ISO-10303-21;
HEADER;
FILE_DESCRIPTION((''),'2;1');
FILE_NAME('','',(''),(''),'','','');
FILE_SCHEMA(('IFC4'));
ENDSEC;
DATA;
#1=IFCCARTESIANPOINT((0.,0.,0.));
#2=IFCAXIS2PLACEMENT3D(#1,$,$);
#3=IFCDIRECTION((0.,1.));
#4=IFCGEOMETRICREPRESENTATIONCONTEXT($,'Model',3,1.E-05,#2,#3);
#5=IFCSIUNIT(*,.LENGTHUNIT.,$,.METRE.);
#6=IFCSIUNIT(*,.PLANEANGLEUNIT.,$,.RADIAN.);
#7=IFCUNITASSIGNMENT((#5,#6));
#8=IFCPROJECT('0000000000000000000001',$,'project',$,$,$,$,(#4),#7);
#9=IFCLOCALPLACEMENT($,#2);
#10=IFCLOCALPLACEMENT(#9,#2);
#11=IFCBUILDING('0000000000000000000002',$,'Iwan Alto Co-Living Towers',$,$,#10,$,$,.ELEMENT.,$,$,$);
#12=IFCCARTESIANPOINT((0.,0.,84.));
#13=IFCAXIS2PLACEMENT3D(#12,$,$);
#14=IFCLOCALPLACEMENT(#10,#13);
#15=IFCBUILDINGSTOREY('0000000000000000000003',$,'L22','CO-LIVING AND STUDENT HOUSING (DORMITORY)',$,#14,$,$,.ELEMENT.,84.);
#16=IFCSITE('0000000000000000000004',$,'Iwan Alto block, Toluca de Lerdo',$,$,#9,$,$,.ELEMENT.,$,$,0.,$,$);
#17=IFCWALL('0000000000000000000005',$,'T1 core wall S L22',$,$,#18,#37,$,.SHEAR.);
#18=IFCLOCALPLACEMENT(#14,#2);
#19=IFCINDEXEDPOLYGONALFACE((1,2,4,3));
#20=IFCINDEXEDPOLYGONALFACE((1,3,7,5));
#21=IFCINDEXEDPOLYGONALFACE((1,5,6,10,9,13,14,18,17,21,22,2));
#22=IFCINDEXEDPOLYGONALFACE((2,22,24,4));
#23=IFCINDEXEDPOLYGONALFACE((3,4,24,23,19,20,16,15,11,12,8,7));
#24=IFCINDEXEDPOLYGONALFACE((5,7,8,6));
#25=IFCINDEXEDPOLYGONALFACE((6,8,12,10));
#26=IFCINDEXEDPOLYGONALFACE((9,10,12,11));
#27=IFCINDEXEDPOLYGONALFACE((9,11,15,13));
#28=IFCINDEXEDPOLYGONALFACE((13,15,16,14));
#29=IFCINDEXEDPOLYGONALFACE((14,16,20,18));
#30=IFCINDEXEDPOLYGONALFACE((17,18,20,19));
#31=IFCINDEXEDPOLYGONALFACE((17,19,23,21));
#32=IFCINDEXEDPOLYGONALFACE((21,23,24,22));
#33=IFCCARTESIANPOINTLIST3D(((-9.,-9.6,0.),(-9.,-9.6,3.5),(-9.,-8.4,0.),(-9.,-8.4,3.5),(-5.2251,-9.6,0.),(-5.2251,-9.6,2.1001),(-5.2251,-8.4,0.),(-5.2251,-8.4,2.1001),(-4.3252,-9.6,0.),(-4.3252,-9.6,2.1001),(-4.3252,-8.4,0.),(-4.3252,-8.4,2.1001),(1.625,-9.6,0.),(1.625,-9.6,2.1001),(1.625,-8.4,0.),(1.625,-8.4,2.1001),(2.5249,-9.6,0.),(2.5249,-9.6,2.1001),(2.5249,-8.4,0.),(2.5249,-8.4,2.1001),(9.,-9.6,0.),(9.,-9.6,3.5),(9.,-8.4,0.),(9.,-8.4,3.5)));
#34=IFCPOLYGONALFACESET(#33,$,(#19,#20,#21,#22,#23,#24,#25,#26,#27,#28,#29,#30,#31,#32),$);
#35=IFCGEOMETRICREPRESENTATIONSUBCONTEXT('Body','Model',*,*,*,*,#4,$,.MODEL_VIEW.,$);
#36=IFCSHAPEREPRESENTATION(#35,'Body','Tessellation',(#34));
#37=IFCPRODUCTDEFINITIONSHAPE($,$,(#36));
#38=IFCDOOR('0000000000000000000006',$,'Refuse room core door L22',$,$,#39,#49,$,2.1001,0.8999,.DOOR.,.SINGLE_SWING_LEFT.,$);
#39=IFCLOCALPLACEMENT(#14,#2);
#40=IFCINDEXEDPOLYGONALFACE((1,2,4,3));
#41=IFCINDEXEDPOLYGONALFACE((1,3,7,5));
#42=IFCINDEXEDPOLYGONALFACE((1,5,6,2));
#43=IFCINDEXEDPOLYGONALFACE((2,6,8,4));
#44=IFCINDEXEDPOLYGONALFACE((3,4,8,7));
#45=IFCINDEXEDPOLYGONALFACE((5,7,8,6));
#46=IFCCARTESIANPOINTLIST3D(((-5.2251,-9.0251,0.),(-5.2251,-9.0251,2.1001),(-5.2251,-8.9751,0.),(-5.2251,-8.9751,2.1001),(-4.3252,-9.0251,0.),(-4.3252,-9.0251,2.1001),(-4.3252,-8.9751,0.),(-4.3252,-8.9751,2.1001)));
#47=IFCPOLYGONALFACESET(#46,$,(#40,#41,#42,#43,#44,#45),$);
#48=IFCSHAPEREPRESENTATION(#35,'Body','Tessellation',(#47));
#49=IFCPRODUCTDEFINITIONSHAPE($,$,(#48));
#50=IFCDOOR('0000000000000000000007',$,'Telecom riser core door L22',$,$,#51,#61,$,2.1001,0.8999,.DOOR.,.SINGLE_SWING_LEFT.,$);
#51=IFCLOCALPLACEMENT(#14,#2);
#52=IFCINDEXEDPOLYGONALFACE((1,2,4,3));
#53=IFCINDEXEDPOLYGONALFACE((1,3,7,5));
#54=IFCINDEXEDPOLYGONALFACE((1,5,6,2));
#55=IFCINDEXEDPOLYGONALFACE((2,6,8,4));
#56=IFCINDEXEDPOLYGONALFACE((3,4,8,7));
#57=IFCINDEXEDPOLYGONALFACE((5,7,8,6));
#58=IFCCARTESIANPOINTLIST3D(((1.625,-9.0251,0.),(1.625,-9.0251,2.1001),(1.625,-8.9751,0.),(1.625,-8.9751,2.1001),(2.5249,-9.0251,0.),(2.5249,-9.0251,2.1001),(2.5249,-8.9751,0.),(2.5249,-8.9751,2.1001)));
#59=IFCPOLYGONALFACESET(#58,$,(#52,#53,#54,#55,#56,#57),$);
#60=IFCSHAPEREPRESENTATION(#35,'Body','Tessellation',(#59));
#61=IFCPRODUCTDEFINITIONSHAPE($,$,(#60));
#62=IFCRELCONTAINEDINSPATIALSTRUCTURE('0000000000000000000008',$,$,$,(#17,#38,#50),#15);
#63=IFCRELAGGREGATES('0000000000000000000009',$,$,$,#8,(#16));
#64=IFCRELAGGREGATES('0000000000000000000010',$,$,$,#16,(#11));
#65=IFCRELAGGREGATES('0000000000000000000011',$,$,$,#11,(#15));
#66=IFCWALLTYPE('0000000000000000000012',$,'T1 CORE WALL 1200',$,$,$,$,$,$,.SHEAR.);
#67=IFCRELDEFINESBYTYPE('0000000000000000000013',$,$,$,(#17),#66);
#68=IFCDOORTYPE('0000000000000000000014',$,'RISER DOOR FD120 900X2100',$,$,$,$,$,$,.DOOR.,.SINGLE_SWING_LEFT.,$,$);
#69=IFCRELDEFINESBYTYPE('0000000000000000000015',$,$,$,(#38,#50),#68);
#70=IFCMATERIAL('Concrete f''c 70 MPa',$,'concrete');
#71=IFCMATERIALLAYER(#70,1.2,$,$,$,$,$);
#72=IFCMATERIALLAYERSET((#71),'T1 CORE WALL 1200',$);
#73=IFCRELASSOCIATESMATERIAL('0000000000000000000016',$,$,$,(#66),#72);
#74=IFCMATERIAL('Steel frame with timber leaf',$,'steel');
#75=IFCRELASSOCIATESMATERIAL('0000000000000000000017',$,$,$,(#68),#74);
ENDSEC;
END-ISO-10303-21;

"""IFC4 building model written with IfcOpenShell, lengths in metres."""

from ifc_helpers import new_model, si_unit, direction, frame, frame_2d, origin, place, context, subcontext, project, spatial, rectangle, extrude, material, layer, layer_set, type_object, element, fill, save


model = new_model("IFC4")

# Units and contexts
model_context = context("Model", 3, precision=1e-05, world=origin(), true_north=direction((0.0, 1.0)))
body_context = subcontext(model_context, "Body", "Model", "MODEL_VIEW")
ifc_project = project(units=[si_unit("LENGTHUNIT", "METRE"), si_unit("PLANEANGLEUNIT", "RADIAN")], contexts=[model_context])

# Site, building, storey
site_placement = place(None, origin())
site = spatial("IfcSite", under=ifc_project, at=site_placement, Name="Iwan Alto block, Toluca de Lerdo", CompositionType="ELEMENT", RefElevation=0.0)
building_placement = place(site_placement, origin())
building = spatial("IfcBuilding", under=site, at=building_placement, Name="Iwan Alto Co-Living Towers", CompositionType="ELEMENT")
storey_placement = place(building_placement, frame((0.0, 0.0, 84.0)))
storey = spatial("IfcBuildingStorey", under=building, at=storey_placement, Name="L22", Description="CO-LIVING AND STUDENT HOUSING (DORMITORY)", CompositionType="ELEMENT", Elevation=84.0)

# Wall, openings, doors
ifc_material_1 = material(Name="Concrete f'c 70 MPa", Category="concrete")
ifc_layer_1 = layer(ifc_material_1, 1.2)
ifc_layer_set_1 = layer_set([ifc_layer_1], Name="T1 CORE WALL 1200")
wall_type_1 = type_object("IfcWallType", Name="T1 CORE WALL 1200", PredefinedType="SHEAR", material=ifc_layer_set_1)
wall_1_placement = place(storey_placement, frame((-9.0, -9.0, 0.0), z_axis=(0.0, 0.0, 1.0), x_axis=(1.0, 0.0, 0.0)))
wall_1 = element("IfcWall", 1, at=wall_1_placement, inside=storey, type_object=wall_type_1, Name="T1 core wall S L22", PredefinedType="SHEAR", context=body_context, shape_type="SweptSolid", body=[
    extrude(rectangle(XDim=18.0, YDim=1.2, at=frame_2d((9.0, 0.0))), origin(), (0.0, 0.0, 1.0), 3.5),
])
opening_1_placement = place(wall_1_placement, frame((3.7749, 0.0, 0.0)))
opening_1 = element("IfcOpeningElement", 2, at=opening_1_placement, cuts=wall_1, PredefinedType="OPENING", context=body_context, shape_type="SweptSolid", body=[
    extrude(rectangle(XDim=0.8999, YDim=2.1001, at=frame_2d((0.45, 1.05))), frame((0.0, 0.6099, 0.0), z_axis=(0.0, -1.0, 0.0), x_axis=(1.0, 0.0, 0.0)), (0.0, 0.0, 1.0), 1.22),
])
opening_2_placement = place(wall_1_placement, frame((10.625, 0.0, 0.0)))
opening_2 = element("IfcOpeningElement", 3, at=opening_2_placement, cuts=wall_1, PredefinedType="OPENING", context=body_context, shape_type="SweptSolid", body=[
    extrude(rectangle(XDim=0.8999, YDim=2.1001, at=frame_2d((0.45, 1.05))), frame((0.0, 0.6099, 0.0), z_axis=(0.0, -1.0, 0.0), x_axis=(1.0, 0.0, 0.0)), (0.0, 0.0, 1.0), 1.22),
])
ifc_material_2 = material(Name="Steel frame with timber leaf", Category="steel")
door_type_1 = type_object("IfcDoorType", Name="RISER DOOR FD120 900X2100", OperationType="SINGLE_SWING_LEFT", PredefinedType="DOOR", material=ifc_material_2)
door_1_placement = place(opening_1_placement, origin())
door_1 = element("IfcDoor", 4, at=door_1_placement, inside=storey, type_object=door_type_1, Name="Refuse room core door L22", OperationType="SINGLE_SWING_LEFT", OverallHeight=2.1001, OverallWidth=0.8999, PredefinedType="DOOR", context=body_context, shape_type="SweptSolid", body=[
    extrude(rectangle(XDim=0.8999, YDim=2.1001, at=frame_2d((0.45, 1.05))), frame((0.0, 0.0249, 0.0), z_axis=(0.0, -1.0, 0.0), x_axis=(1.0, 0.0, 0.0)), (0.0, 0.0, 1.0), 0.05),
])
fill(opening_1, door_1)
door_2_placement = place(opening_2_placement, origin())
door_2 = element("IfcDoor", 5, at=door_2_placement, inside=storey, type_object=door_type_1, Name="Telecom riser core door L22", OperationType="SINGLE_SWING_LEFT", OverallHeight=2.1001, OverallWidth=0.8999, PredefinedType="DOOR", context=body_context, shape_type="SweptSolid", body=[
    extrude(rectangle(XDim=0.8999, YDim=2.1001, at=frame_2d((0.45, 1.05))), frame((0.0, 0.0249, 0.0), z_axis=(0.0, -1.0, 0.0), x_axis=(1.0, 0.0, 0.0)), (0.0, 0.0, 1.0), 0.05),
])
fill(opening_2, door_2)

save(model, "model.ifc")
